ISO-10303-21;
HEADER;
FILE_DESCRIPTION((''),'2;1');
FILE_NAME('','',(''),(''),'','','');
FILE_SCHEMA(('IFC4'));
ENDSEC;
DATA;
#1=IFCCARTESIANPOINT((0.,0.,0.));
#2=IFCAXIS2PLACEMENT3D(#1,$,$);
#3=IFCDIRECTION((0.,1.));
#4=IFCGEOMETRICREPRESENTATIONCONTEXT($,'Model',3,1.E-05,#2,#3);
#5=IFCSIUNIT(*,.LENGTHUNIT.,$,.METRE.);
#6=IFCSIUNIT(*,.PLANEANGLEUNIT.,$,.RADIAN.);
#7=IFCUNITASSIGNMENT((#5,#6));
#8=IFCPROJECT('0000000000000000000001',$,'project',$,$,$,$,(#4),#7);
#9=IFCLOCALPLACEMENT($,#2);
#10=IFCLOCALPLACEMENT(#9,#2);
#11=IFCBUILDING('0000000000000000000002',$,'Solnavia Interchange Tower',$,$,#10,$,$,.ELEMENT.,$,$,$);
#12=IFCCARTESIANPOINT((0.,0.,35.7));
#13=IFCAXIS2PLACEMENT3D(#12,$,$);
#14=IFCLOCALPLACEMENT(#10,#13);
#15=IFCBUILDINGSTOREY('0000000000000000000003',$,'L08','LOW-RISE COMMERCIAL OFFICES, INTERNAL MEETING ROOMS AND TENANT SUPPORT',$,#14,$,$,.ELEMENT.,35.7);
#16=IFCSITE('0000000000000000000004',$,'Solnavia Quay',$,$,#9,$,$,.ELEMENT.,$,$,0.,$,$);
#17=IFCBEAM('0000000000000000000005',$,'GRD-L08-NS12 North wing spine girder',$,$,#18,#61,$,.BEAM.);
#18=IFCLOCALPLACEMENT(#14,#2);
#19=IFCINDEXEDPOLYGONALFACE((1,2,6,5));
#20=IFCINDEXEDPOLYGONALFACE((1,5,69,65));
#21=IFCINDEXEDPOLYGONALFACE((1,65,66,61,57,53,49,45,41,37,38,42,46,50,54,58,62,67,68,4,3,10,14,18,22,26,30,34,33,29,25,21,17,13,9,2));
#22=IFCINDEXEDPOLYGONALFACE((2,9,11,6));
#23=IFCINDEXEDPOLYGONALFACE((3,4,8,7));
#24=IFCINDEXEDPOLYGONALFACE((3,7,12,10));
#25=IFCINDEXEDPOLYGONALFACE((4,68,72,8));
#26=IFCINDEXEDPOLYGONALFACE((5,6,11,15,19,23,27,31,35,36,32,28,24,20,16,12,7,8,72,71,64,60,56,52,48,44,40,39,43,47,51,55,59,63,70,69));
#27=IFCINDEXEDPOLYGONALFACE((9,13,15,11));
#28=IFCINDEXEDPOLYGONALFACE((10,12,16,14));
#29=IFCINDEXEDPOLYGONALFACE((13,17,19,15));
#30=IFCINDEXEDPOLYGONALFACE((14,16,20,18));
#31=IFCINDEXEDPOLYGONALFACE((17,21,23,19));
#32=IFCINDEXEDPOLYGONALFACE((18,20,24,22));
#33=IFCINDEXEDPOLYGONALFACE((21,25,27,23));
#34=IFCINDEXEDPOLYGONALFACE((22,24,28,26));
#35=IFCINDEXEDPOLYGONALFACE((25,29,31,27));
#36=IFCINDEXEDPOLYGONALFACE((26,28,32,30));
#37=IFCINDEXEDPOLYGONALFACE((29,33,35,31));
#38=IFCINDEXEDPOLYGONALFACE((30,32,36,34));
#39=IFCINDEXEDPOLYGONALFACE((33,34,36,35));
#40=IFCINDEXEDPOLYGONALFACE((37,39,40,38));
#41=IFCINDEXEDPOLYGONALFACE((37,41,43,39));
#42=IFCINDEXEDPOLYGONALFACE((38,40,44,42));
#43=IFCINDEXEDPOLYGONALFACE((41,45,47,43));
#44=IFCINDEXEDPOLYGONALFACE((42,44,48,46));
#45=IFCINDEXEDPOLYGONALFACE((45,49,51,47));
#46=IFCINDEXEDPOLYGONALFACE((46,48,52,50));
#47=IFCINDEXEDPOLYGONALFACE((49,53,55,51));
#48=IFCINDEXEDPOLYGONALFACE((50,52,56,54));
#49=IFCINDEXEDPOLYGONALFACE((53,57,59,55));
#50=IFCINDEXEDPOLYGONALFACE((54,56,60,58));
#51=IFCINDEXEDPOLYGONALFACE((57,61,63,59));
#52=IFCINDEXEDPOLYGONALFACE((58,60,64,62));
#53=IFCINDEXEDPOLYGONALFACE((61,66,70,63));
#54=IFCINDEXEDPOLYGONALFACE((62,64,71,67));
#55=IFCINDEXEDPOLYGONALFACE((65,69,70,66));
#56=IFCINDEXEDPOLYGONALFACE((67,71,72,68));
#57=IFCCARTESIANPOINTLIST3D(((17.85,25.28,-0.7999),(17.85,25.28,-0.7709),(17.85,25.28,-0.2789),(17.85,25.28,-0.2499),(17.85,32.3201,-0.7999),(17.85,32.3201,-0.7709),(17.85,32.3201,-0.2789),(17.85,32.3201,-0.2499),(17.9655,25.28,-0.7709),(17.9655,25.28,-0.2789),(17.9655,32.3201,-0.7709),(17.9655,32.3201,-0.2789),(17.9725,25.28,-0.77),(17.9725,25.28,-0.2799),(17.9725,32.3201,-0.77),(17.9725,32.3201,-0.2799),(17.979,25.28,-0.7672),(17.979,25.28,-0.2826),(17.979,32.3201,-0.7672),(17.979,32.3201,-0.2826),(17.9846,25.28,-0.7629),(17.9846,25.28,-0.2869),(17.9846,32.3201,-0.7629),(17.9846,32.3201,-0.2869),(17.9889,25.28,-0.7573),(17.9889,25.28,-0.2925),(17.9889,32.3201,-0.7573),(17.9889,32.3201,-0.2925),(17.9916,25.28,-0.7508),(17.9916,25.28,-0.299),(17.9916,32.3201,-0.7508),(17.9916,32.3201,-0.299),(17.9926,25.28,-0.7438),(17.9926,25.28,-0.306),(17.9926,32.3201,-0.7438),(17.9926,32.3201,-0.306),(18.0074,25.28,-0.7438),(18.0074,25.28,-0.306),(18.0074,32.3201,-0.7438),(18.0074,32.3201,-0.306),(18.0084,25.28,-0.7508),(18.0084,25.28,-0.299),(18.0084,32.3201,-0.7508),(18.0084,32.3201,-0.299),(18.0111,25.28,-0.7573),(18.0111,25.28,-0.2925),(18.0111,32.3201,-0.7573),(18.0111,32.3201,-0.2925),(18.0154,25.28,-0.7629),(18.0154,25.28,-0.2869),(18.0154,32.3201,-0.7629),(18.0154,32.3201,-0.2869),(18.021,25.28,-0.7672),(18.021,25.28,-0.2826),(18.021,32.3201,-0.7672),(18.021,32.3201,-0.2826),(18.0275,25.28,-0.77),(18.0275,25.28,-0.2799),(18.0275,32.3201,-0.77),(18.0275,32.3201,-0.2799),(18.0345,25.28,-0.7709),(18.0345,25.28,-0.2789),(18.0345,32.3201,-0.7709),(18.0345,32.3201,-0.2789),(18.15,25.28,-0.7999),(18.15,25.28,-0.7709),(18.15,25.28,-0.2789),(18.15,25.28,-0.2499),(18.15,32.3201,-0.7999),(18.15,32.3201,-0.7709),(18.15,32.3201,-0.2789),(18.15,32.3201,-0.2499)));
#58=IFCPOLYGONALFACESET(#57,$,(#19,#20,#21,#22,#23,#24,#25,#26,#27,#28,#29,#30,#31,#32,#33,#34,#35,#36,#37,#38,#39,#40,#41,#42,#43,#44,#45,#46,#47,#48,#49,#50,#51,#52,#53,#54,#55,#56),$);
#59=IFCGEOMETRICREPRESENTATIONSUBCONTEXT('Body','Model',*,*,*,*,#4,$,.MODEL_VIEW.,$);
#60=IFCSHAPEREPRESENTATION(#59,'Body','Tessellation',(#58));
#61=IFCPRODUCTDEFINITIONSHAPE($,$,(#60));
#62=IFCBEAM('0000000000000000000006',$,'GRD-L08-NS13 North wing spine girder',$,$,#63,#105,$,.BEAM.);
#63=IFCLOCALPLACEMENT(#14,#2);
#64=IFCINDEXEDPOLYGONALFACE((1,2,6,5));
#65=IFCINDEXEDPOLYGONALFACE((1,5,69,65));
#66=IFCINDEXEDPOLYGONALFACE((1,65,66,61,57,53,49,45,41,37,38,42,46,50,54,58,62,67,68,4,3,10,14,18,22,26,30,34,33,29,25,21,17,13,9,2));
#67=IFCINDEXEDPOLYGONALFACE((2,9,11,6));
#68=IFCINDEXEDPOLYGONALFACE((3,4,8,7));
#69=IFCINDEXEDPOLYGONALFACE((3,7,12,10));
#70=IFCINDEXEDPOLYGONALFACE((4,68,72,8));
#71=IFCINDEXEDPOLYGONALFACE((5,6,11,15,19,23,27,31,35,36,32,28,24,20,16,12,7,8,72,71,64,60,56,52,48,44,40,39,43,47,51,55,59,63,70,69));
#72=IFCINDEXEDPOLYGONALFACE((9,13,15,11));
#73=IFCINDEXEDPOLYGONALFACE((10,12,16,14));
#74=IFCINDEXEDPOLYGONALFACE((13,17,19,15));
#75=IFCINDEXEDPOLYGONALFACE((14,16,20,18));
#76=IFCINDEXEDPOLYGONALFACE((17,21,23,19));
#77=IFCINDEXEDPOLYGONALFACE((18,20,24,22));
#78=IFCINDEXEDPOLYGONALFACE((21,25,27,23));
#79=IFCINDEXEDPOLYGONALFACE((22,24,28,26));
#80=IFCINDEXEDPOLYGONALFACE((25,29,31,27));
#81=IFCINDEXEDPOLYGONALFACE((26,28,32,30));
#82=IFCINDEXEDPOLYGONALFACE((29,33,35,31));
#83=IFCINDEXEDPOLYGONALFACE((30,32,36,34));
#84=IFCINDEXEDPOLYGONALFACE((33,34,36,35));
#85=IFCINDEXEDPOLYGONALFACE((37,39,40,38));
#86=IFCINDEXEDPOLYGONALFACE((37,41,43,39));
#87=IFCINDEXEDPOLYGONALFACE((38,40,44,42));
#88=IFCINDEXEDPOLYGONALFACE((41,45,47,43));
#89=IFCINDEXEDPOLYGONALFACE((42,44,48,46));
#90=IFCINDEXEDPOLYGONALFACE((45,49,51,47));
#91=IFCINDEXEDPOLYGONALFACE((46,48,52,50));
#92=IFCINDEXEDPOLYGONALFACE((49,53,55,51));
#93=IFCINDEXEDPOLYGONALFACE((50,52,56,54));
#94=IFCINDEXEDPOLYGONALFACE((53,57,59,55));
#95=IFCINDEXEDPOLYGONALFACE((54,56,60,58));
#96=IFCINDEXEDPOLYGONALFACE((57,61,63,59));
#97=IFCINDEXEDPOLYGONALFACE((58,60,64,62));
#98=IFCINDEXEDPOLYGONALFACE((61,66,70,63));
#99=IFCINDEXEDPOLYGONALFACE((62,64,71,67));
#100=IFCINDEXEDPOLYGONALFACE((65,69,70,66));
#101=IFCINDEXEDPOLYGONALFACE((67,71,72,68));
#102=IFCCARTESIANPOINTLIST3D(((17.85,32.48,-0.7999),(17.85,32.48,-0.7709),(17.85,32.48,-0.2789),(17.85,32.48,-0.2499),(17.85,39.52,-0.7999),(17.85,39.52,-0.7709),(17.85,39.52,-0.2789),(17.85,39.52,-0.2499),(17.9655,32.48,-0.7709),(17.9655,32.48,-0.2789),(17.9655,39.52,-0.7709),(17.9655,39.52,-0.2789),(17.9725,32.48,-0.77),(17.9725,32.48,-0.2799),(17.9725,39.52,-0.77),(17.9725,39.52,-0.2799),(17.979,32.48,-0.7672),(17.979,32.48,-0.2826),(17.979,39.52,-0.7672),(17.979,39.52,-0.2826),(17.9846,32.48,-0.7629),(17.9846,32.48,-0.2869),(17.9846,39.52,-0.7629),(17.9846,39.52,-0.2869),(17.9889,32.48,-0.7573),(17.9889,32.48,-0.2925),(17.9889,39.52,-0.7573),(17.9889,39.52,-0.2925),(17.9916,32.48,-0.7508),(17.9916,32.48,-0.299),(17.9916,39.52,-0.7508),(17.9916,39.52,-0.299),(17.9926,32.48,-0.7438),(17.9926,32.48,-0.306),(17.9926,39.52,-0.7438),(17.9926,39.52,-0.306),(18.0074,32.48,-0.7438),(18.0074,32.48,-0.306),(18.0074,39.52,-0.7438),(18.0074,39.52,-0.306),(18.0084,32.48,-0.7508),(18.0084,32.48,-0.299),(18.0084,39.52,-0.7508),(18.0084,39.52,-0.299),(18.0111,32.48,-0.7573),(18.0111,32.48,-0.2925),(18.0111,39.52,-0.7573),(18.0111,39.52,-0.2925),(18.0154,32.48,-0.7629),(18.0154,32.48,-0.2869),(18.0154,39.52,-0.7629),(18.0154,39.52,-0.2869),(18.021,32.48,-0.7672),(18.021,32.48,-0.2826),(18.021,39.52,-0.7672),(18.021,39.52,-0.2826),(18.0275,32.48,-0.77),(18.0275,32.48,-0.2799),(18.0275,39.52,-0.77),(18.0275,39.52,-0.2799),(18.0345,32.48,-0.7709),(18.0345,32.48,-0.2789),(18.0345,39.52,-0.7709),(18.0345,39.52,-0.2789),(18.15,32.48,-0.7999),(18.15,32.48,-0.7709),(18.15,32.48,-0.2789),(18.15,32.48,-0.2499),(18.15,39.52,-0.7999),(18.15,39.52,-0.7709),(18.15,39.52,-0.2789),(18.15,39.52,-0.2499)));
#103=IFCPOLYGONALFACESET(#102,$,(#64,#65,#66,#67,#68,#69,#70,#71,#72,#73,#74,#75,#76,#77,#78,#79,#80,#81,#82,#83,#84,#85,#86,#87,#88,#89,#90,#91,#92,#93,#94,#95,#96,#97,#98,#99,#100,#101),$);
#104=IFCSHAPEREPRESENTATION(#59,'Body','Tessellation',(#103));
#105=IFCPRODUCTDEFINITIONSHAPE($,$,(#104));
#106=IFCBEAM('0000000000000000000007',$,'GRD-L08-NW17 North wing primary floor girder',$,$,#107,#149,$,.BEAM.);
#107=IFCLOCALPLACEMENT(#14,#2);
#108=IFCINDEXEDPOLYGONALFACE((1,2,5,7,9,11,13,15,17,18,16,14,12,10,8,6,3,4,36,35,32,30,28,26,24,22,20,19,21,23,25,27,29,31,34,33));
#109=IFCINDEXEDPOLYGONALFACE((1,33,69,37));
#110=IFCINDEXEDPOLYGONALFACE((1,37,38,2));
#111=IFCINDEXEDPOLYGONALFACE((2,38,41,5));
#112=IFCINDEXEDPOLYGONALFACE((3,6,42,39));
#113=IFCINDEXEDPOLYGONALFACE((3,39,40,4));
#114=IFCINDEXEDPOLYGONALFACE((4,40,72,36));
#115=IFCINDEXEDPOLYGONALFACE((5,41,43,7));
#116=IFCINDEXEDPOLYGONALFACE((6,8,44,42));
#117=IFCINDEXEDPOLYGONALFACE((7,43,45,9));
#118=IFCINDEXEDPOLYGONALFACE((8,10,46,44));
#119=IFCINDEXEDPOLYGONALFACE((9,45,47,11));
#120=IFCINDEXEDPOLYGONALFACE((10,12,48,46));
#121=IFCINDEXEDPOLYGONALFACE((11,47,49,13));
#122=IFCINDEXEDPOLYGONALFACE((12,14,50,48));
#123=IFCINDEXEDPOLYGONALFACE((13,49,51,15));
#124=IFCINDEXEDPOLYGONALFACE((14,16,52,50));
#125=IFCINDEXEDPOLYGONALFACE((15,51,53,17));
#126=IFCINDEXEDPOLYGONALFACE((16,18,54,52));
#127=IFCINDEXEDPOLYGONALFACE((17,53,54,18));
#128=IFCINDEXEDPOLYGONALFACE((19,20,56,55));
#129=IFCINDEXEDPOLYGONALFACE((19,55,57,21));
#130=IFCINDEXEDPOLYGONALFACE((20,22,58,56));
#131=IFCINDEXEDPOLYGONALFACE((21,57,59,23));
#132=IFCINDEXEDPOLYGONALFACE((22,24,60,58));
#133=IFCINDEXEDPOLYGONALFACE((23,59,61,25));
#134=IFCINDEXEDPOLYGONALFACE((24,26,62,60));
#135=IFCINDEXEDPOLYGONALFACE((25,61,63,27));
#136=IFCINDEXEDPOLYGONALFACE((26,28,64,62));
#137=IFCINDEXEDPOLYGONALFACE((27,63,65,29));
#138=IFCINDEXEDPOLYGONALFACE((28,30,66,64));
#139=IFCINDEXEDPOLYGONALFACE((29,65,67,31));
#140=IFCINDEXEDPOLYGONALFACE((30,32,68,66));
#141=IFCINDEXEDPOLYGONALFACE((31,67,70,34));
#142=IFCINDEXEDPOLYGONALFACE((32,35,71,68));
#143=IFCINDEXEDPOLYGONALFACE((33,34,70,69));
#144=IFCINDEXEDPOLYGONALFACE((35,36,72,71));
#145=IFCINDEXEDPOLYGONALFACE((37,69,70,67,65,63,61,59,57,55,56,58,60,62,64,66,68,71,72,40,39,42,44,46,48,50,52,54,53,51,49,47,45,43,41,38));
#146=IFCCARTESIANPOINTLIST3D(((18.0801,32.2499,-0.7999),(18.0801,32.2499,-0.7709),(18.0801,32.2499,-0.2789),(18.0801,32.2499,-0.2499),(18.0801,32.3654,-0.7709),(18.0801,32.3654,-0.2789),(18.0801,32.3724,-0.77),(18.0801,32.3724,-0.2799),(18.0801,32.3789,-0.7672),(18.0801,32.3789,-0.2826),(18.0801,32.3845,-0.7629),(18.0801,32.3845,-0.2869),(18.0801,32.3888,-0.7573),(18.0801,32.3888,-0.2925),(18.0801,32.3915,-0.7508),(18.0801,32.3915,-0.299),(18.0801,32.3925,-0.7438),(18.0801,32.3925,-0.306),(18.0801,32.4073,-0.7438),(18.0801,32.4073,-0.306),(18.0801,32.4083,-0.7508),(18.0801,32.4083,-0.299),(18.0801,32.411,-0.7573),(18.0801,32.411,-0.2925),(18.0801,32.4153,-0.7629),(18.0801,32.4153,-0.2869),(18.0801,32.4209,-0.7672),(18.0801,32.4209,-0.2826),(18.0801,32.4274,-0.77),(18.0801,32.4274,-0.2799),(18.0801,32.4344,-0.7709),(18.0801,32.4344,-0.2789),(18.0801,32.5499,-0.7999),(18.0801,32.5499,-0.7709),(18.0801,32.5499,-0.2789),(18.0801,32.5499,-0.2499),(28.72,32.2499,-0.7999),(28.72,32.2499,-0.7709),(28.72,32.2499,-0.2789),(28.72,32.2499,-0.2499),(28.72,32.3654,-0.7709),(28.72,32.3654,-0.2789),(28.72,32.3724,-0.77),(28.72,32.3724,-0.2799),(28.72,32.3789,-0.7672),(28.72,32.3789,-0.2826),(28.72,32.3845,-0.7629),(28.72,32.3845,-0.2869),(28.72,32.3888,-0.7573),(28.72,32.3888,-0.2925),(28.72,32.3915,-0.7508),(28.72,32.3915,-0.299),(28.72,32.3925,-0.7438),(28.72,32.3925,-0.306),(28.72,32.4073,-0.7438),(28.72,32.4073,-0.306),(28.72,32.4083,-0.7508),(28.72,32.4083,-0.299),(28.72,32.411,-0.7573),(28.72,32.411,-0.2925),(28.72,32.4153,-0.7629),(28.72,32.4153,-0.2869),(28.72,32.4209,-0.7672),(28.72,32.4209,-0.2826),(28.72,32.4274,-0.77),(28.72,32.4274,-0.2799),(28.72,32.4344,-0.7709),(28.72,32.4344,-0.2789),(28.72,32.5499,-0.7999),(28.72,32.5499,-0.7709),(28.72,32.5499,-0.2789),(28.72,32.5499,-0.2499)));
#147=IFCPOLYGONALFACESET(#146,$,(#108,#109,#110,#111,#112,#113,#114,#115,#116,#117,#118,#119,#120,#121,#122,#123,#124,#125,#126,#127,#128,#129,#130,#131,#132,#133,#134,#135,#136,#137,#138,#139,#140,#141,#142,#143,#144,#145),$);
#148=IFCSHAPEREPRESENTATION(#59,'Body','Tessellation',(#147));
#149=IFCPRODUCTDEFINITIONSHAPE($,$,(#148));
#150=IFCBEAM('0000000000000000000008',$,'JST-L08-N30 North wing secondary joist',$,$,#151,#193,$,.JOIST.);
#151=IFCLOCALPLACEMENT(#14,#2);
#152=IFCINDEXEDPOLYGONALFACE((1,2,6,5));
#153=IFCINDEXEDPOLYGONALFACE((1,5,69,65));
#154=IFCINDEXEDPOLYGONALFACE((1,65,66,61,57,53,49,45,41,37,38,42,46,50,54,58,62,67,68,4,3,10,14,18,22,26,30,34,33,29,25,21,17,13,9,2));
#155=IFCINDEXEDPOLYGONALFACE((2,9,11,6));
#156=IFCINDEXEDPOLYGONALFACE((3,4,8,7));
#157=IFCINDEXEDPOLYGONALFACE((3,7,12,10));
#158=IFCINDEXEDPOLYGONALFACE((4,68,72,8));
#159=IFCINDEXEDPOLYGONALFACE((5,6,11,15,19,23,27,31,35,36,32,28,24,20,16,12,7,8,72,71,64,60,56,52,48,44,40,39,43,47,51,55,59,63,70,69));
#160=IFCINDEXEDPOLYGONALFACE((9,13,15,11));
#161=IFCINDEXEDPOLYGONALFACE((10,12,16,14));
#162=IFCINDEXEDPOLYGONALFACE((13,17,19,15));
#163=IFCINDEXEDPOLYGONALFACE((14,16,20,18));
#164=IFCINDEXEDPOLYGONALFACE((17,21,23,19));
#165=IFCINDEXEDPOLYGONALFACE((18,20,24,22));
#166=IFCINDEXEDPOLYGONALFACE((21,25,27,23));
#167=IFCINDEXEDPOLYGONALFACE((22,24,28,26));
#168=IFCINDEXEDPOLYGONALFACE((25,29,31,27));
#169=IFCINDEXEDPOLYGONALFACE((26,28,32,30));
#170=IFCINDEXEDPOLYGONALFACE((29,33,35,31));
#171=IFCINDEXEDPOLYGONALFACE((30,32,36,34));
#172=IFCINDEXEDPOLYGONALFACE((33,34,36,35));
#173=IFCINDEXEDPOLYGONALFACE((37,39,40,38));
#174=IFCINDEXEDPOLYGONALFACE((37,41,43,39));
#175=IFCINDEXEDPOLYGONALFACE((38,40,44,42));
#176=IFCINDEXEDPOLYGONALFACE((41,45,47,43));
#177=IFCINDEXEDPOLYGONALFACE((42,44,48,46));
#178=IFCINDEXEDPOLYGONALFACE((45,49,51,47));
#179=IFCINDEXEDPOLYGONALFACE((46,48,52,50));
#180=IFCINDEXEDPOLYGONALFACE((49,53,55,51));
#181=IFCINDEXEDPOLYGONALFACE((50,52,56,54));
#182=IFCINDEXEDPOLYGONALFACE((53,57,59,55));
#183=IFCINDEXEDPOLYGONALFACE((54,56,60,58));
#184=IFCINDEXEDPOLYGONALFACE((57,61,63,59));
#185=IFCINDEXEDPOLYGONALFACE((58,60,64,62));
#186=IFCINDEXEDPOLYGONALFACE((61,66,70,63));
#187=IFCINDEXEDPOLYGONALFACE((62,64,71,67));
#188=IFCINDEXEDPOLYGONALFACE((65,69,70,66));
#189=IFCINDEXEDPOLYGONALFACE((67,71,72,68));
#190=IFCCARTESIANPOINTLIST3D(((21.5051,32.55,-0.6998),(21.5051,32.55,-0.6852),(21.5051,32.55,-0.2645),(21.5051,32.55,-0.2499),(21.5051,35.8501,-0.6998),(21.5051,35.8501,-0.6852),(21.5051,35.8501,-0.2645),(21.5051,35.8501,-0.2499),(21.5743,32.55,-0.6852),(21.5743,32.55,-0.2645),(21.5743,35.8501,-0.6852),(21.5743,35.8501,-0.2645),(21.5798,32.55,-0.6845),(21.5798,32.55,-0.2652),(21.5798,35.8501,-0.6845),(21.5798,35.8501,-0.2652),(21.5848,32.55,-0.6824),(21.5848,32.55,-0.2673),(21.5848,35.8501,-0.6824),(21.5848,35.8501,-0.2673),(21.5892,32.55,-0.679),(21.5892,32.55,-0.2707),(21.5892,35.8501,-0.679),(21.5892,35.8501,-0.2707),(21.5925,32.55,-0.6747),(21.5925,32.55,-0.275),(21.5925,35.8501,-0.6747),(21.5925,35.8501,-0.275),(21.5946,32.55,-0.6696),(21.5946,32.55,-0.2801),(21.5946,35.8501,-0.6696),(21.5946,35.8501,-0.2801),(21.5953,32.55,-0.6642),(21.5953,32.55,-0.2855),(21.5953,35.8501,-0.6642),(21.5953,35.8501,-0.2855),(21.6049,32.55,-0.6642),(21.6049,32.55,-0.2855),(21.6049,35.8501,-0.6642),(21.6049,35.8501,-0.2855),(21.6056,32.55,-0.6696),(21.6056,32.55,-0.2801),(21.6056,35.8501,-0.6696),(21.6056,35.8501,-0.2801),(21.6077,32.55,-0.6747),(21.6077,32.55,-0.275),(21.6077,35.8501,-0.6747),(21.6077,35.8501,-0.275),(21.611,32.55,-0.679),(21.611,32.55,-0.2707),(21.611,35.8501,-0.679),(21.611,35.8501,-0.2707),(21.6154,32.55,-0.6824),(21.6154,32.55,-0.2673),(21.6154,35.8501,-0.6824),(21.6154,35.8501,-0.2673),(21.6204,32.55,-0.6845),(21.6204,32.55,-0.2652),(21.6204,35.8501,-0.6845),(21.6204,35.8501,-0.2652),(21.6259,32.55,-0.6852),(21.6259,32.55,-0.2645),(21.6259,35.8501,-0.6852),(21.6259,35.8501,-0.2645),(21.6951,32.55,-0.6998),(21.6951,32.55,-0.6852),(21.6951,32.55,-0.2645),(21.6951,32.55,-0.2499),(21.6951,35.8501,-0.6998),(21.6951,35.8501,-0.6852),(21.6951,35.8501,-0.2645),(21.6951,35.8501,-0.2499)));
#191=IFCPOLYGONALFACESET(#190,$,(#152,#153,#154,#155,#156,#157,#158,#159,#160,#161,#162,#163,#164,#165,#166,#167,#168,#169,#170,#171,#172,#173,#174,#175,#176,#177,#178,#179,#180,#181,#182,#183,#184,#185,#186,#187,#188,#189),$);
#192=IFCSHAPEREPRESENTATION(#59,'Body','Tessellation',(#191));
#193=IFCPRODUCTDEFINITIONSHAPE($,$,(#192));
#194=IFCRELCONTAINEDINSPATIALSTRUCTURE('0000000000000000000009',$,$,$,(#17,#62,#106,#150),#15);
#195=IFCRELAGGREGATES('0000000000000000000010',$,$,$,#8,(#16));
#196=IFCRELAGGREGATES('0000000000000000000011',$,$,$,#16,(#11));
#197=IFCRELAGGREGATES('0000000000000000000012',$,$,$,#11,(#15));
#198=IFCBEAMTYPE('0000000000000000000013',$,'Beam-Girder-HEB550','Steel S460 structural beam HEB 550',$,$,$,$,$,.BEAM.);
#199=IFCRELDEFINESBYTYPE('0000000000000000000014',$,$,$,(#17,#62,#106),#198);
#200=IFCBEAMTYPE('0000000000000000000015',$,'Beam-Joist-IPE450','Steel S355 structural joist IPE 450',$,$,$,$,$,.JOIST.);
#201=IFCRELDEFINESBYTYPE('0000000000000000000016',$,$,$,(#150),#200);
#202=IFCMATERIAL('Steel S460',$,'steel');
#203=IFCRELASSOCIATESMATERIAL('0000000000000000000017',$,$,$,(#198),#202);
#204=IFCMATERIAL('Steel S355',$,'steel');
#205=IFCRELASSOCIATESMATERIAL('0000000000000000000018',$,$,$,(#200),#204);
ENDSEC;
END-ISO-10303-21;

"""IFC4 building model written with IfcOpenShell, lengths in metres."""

from ifc_helpers import new_model, si_unit, direction, frame, origin, origin_2d, place, context, subcontext, project, spatial, i_section, extrude, material, material_profile, profile_set, type_object, element, save


model = new_model("IFC4")

# Units and contexts
model_context = context("Model", 3, precision=1e-05, world=origin(), true_north=direction((0.0, 1.0)))
body_context = subcontext(model_context, "Body", "Model", "MODEL_VIEW")
ifc_project = project(units=[si_unit("LENGTHUNIT", "METRE"), si_unit("PLANEANGLEUNIT", "RADIAN")], contexts=[model_context])

# Site, building, storey
site_placement = place(None, origin())
site = spatial("IfcSite", under=ifc_project, at=site_placement, Name="Solnavia Quay", CompositionType="ELEMENT", RefElevation=0.0)
building_placement = place(site_placement, origin())
building = spatial("IfcBuilding", under=site, at=building_placement, Name="Solnavia Interchange Tower", CompositionType="ELEMENT")
storey_placement = place(building_placement, frame((0.0, 0.0, 35.7)))
storey = spatial("IfcBuildingStorey", under=building, at=storey_placement, Name="L08", Description="LOW-RISE COMMERCIAL OFFICES, INTERNAL MEETING ROOMS AND TENANT SUPPORT", CompositionType="ELEMENT", Elevation=35.7)

# Shared definitions
ifc_material_1 = material(Name="Steel S355", Category="steel")

# Beams
ifc_material_2 = material(Name="Steel S460", Category="steel")
ifc_material_profile_1 = material_profile(ifc_material_2, i_section(OverallWidth=0.3, OverallDepth=0.55, WebThickness=0.0149, FlangeThickness=0.0291, FilletRadius=0.0271, at=origin_2d()), Name="HEB 550")
ifc_profile_set_1 = profile_set([ifc_material_profile_1], Name="Steel S460")
beam_type_1 = type_object("IfcBeamType", Name="Beam-Girder-HEB550", Description="Steel S460 structural beam HEB 550", PredefinedType="BEAM", material=ifc_profile_set_1)
for number, where, z_axis, x_axis, name in (
    (1, (18.0, 25.28, -0.5249), (0.0, 1.0, 0.0), (-1.0, 0.0, 0.0), "GRD-L08-NS12 North wing spine girder"),
    (2, (18.0, 32.48, -0.5249), (0.0, 1.0, 0.0), (-1.0, 0.0, 0.0), "GRD-L08-NS13 North wing spine girder"),
):
    element("IfcBeam", number, at=place(storey_placement, frame(where, z_axis=z_axis, x_axis=x_axis)), inside=storey, type_object=beam_type_1, Name=name, PredefinedType="BEAM", context=body_context, shape_type="SweptSolid", body=[
        extrude(i_section(OverallWidth=0.3, OverallDepth=0.55, WebThickness=0.0149, FlangeThickness=0.0291, FilletRadius=0.0271, at=origin_2d()), origin(), (0.0, 0.0, 1.0), 7.04),
    ])
beam_placement = place(storey_placement, frame((18.0801, 32.3999, -0.5249), z_axis=(1.0, 0.0, 0.0), x_axis=(0.0, 1.0, 0.0)))
element("IfcBeam", 3, at=beam_placement, inside=storey, type_object=beam_type_1, Name="GRD-L08-NW17 North wing primary floor girder", PredefinedType="BEAM", context=body_context, shape_type="SweptSolid", body=[
    extrude(i_section(OverallWidth=0.3, OverallDepth=0.55, WebThickness=0.0149, FlangeThickness=0.0291, FilletRadius=0.0271, at=origin_2d()), origin(), (0.0, 0.0, 1.0), 10.6399),
])
ifc_material_profile_2 = material_profile(ifc_material_1, i_section(OverallWidth=0.1899, OverallDepth=0.45, WebThickness=0.0095, FlangeThickness=0.0146, FilletRadius=0.021, at=origin_2d()), Name="IPE 450")
ifc_profile_set_2 = profile_set([ifc_material_profile_2], Name="Steel S355")
beam_type_2 = type_object("IfcBeamType", Name="Beam-Joist-IPE450", Description="Steel S355 structural joist IPE 450", PredefinedType="JOIST", material=ifc_profile_set_2)
for number, where, z_axis, x_axis, name in (
    (4, (21.6001, 32.55, -0.4749), (0.0, 1.0, 0.0), (-1.0, 0.0, 0.0), "JST-L08-N30 North wing secondary joist"),
):
    element("IfcBeam", number, at=place(storey_placement, frame(where, z_axis=z_axis, x_axis=x_axis)), inside=storey, type_object=beam_type_2, Name=name, PredefinedType="JOIST", context=body_context, shape_type="SweptSolid", body=[
        extrude(i_section(OverallWidth=0.1899, OverallDepth=0.45, WebThickness=0.0095, FlangeThickness=0.0146, FilletRadius=0.021, at=origin_2d()), origin(), (0.0, 0.0, 1.0), 3.3),
    ])

save(model, "model.ifc")
